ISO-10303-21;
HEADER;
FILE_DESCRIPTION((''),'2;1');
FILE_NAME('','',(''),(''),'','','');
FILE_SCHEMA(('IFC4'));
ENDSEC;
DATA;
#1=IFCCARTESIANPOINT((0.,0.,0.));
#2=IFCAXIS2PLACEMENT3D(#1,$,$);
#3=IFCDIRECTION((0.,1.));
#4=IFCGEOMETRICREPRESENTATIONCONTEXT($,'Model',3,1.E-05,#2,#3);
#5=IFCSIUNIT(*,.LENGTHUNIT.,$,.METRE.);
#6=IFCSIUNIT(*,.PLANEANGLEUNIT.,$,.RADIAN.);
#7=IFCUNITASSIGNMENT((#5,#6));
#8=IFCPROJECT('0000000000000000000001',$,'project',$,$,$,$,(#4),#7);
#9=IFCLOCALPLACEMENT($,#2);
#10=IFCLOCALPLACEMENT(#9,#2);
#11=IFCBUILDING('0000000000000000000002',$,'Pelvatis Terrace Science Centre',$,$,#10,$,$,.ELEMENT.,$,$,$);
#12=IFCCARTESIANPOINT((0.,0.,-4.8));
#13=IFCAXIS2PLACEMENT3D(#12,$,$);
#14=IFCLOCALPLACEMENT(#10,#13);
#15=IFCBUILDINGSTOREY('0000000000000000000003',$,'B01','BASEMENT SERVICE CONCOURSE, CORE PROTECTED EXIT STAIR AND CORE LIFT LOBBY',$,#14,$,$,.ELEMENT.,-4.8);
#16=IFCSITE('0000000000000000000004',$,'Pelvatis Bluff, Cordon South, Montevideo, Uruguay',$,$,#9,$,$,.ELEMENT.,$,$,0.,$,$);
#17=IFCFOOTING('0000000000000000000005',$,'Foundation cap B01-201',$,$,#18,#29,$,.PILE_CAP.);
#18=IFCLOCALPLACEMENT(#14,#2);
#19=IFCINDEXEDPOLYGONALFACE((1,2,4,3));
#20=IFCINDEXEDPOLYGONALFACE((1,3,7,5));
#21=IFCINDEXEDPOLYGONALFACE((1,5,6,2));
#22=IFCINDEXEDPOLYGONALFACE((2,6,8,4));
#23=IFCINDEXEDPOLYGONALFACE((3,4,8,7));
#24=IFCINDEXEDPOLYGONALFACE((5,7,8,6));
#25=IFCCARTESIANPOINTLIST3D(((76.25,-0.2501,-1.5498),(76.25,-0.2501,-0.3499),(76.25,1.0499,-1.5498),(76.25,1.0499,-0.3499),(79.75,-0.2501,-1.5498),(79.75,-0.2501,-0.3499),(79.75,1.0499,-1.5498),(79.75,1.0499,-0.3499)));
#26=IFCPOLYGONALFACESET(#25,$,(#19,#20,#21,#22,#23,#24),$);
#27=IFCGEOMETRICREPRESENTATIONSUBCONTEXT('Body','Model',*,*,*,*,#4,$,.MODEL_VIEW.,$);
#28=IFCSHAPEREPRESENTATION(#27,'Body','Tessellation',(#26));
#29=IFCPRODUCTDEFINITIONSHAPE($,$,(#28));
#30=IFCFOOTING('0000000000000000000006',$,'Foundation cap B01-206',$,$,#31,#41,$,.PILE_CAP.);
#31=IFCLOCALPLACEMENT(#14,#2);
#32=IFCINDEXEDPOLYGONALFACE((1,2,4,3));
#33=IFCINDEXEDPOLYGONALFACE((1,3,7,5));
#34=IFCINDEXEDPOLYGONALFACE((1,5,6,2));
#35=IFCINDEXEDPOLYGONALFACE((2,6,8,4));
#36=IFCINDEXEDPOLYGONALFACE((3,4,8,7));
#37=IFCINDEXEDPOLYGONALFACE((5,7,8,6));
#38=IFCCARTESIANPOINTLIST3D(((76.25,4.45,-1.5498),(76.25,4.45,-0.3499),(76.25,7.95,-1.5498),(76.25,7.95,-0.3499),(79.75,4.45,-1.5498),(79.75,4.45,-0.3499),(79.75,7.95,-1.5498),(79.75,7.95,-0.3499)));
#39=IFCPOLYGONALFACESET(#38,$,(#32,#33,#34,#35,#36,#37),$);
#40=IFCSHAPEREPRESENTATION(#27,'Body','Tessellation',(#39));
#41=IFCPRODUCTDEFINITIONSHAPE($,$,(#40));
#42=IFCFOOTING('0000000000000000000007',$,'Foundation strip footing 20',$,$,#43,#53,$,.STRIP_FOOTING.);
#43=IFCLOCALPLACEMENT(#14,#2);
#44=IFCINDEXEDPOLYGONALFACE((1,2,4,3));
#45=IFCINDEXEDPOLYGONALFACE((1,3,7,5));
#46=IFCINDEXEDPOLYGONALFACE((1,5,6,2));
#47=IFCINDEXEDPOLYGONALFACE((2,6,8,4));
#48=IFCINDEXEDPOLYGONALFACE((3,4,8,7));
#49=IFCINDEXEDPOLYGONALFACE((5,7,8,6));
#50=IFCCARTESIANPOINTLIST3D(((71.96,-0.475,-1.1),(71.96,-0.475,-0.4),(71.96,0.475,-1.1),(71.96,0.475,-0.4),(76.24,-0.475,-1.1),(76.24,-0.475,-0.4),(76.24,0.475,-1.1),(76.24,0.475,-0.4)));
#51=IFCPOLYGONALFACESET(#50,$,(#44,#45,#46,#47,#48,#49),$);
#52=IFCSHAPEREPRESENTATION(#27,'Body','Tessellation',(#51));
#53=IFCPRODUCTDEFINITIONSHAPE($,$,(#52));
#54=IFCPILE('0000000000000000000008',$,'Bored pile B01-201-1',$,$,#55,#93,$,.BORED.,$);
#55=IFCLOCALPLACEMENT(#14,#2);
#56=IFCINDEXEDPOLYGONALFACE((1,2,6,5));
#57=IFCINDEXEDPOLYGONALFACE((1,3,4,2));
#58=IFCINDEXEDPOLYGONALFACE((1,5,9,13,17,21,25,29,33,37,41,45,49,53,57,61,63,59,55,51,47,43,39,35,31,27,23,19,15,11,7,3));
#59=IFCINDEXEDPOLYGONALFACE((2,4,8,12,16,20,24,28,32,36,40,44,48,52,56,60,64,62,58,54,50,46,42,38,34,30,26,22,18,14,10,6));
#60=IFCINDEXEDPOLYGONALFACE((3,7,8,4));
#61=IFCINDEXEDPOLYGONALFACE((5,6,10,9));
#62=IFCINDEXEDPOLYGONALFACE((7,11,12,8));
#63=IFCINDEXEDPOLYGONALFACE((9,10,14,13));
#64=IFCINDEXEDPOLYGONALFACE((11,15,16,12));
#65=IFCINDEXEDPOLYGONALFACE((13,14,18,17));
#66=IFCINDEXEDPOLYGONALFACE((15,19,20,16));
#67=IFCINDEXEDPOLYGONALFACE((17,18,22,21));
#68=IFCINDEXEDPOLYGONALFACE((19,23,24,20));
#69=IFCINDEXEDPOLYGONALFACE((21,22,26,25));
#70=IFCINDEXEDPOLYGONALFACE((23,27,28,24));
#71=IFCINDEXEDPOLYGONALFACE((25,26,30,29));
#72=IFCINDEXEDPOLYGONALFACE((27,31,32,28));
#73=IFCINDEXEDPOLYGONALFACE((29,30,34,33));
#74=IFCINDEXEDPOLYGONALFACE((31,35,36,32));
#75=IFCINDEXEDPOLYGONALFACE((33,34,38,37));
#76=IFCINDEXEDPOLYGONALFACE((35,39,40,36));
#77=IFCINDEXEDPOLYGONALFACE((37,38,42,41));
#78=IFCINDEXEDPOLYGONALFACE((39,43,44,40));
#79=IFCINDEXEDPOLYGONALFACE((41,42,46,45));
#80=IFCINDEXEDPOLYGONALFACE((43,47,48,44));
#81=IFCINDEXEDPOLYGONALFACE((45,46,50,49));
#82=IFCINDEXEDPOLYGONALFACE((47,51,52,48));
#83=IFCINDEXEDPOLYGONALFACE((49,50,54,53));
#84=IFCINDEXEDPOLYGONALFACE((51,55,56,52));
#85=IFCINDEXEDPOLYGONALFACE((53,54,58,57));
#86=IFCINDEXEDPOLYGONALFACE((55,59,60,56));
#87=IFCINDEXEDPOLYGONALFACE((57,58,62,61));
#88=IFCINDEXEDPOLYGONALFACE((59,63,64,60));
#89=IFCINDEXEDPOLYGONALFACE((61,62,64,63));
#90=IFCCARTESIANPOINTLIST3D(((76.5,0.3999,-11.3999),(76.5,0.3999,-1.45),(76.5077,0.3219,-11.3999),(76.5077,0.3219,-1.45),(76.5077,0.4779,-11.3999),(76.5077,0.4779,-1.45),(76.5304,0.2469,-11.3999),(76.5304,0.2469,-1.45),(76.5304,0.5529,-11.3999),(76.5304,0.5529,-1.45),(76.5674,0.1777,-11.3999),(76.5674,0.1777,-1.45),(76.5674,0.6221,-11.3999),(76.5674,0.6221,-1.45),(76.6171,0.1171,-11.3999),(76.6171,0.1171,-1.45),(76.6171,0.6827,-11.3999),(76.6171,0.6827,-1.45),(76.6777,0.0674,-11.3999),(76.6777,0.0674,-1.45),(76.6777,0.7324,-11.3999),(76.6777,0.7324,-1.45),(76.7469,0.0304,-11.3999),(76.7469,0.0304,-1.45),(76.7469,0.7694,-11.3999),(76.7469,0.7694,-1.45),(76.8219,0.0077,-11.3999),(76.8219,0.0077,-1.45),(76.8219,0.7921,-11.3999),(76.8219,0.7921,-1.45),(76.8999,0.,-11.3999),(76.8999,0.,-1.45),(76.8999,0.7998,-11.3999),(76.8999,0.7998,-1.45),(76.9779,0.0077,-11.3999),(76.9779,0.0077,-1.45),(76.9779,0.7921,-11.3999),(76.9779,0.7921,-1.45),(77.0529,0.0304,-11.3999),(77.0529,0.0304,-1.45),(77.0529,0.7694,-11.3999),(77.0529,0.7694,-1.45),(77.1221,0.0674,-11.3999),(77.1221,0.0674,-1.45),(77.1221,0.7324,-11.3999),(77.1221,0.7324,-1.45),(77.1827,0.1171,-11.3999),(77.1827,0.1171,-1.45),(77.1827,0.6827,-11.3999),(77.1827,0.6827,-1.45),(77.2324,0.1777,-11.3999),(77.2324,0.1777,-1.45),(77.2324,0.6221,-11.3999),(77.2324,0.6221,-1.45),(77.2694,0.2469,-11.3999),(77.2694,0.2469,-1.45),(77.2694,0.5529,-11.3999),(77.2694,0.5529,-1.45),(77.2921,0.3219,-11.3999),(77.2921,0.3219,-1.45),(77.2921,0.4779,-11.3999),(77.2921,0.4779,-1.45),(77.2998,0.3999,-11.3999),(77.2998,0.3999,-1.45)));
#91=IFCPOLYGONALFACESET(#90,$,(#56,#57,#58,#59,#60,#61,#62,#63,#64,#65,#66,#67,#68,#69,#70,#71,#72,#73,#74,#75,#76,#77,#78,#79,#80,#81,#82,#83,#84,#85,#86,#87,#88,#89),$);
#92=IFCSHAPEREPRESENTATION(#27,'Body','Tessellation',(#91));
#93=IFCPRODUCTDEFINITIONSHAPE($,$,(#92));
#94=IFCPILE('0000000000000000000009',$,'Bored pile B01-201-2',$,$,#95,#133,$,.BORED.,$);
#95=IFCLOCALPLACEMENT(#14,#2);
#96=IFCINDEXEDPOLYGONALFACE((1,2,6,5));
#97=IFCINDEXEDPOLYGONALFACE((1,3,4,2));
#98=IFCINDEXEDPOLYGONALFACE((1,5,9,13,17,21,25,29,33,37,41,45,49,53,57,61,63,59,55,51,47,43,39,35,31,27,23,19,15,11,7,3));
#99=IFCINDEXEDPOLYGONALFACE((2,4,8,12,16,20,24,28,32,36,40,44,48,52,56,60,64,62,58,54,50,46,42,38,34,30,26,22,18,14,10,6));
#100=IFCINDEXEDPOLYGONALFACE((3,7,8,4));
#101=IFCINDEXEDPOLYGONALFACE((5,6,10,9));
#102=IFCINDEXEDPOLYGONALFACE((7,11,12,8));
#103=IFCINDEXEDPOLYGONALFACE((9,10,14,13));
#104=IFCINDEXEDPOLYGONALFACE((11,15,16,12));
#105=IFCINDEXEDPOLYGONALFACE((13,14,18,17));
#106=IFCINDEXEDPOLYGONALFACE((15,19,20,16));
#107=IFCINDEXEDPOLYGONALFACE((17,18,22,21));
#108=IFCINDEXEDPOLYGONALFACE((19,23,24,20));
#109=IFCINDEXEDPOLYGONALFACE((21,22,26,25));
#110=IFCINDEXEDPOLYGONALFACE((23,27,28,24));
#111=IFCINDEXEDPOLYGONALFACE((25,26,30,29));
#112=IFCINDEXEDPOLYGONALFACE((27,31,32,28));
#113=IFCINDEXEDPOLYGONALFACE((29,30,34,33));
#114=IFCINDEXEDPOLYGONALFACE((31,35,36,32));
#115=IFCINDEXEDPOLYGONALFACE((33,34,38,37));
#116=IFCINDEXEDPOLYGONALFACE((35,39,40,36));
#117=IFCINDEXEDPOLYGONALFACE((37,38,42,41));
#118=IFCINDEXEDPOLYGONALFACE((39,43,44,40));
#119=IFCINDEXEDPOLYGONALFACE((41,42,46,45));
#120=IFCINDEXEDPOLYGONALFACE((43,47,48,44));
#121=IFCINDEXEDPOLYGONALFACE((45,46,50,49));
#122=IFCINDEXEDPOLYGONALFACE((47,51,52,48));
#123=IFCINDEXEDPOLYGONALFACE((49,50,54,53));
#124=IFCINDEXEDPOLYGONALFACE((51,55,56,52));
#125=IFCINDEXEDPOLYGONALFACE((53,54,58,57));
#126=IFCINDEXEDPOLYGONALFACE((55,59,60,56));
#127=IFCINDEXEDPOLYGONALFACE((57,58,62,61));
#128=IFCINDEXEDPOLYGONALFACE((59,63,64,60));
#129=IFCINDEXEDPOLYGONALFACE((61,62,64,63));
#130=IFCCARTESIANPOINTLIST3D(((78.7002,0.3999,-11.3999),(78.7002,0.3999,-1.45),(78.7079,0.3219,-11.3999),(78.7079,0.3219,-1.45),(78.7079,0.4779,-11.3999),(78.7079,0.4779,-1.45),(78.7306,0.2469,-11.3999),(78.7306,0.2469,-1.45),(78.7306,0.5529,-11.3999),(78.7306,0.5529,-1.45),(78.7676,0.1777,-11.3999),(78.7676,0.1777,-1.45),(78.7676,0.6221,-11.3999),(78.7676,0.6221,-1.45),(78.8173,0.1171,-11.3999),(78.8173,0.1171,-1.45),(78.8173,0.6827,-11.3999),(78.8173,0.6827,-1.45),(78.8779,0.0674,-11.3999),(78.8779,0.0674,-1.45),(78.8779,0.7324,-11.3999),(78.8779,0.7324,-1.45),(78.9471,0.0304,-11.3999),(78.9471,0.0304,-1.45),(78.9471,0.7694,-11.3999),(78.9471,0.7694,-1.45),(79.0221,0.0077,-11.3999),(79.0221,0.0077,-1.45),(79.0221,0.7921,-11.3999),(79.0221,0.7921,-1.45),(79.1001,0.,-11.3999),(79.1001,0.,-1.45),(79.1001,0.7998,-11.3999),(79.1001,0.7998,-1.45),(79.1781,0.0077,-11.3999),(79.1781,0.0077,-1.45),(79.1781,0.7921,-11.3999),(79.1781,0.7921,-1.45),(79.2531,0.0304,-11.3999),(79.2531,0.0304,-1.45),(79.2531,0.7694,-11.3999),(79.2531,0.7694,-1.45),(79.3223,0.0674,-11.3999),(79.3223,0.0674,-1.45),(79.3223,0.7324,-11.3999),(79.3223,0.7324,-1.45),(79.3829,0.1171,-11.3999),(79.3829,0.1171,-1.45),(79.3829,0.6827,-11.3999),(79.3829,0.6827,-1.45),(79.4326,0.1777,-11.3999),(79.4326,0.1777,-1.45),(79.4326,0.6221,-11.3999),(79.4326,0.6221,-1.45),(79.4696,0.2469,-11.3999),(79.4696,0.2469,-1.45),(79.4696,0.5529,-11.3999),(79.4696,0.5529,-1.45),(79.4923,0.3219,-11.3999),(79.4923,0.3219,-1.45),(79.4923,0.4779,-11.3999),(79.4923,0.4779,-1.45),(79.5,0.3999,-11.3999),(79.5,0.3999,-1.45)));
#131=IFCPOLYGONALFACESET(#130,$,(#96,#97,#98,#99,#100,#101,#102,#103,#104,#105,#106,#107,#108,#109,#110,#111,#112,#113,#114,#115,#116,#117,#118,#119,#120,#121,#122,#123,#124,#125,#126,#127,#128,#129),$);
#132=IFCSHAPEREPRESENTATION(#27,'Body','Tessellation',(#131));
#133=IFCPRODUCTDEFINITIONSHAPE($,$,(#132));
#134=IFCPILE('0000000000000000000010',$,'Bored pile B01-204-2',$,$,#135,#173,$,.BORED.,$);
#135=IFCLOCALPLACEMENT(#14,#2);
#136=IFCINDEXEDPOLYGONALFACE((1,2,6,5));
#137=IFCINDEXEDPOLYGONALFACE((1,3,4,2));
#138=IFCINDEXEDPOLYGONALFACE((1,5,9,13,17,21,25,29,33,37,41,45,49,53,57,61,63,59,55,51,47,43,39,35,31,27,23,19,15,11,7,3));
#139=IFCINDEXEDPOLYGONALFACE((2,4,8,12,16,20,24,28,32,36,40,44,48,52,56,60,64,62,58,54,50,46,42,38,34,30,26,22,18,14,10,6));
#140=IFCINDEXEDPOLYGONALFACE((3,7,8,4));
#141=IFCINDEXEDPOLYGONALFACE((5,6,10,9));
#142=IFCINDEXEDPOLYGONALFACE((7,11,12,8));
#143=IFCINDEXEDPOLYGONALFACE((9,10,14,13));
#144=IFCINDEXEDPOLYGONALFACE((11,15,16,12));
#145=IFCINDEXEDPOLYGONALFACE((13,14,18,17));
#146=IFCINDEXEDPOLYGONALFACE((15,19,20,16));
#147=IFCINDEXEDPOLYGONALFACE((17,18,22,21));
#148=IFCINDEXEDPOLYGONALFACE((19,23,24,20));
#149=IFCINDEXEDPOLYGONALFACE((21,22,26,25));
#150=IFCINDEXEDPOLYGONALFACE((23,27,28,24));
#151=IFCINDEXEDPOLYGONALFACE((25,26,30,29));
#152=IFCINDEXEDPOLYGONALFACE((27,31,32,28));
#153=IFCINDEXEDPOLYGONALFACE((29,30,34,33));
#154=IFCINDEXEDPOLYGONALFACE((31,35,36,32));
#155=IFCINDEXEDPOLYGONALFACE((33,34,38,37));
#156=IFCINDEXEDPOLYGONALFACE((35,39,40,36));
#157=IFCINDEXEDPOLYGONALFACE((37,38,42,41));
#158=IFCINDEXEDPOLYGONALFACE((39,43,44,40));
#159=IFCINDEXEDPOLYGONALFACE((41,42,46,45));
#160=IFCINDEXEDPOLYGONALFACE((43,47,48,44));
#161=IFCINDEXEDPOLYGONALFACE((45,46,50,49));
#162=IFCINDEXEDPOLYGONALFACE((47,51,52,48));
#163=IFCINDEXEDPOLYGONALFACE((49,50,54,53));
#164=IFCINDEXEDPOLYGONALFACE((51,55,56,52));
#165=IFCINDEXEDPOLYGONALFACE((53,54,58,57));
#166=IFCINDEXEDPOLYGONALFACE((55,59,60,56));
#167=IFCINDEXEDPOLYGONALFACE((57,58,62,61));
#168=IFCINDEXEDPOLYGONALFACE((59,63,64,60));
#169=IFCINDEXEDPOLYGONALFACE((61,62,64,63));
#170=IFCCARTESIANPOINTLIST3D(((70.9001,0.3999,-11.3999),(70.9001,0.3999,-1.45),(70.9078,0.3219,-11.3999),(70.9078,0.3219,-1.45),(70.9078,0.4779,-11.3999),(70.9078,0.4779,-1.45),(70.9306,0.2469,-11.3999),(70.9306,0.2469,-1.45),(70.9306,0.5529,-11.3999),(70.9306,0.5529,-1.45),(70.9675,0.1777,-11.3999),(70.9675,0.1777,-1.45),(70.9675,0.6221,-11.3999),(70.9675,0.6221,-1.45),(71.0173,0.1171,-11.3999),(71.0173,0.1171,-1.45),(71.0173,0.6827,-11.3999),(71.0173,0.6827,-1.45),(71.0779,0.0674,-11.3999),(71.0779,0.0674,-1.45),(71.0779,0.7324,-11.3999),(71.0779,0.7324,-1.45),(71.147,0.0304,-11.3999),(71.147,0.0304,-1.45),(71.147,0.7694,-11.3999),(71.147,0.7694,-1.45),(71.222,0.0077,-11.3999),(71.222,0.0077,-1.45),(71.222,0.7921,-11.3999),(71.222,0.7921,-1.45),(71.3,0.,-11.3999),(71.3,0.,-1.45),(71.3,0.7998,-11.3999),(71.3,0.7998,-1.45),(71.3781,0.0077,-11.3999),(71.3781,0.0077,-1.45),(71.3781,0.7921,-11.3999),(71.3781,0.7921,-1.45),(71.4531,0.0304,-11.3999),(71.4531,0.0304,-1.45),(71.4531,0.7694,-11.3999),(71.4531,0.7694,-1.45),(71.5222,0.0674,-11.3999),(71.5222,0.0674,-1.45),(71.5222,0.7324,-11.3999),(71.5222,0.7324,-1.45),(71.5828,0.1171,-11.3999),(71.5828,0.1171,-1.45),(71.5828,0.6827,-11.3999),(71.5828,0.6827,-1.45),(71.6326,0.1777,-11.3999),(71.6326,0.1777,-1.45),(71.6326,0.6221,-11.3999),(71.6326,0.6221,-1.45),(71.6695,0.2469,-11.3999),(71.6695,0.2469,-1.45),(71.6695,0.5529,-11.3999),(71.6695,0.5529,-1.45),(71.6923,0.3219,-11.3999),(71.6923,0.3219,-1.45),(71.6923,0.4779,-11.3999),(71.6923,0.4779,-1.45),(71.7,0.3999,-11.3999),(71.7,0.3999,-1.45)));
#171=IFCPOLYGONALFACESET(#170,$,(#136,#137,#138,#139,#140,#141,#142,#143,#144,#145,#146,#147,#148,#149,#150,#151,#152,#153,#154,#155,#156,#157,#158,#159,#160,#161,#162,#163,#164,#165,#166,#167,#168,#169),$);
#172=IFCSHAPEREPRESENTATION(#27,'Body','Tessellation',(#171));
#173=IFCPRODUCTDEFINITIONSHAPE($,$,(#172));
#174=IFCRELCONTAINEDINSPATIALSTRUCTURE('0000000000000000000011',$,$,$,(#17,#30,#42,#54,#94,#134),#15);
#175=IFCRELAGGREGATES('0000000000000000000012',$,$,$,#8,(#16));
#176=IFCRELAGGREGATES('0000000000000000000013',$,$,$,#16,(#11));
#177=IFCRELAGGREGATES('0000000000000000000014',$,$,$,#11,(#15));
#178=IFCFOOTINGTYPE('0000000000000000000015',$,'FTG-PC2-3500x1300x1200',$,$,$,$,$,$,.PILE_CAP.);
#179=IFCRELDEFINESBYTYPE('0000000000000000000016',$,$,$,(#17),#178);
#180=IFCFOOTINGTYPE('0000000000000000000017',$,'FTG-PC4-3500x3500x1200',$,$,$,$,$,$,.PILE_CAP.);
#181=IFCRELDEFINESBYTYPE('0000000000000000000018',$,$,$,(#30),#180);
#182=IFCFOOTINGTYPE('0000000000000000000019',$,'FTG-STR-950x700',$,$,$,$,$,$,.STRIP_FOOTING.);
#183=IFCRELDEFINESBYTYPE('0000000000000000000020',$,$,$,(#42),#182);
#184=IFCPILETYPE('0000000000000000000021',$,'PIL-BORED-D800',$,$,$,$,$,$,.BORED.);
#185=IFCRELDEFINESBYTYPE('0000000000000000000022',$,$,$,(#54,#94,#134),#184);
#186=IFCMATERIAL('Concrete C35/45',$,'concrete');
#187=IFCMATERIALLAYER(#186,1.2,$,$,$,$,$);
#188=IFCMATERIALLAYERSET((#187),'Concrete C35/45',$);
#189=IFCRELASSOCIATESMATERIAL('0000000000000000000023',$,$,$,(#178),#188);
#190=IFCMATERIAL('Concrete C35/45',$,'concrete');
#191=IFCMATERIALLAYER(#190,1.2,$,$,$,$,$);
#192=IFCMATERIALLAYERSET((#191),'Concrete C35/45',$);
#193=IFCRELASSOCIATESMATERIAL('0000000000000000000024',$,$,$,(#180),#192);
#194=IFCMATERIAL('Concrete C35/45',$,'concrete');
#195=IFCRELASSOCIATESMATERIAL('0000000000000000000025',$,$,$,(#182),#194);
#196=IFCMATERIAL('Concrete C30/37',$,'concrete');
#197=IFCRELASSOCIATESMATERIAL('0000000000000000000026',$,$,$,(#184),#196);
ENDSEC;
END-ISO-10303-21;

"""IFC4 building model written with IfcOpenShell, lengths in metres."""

from ifc_helpers import new_model, si_unit, direction, frame, origin, origin_2d, place, context, subcontext, project, spatial, rectangle, circle, extrude, material, layer, layer_set, material_profile, profile_set, type_object, element, save


model = new_model("IFC4")

# Units and contexts
model_context = context("Model", 3, precision=1e-05, world=origin(), true_north=direction((0.0, 1.0)))
body_context = subcontext(model_context, "Body", "Model", "MODEL_VIEW")
ifc_project = project(units=[si_unit("LENGTHUNIT", "METRE"), si_unit("PLANEANGLEUNIT", "RADIAN")], contexts=[model_context])

# Site, building, storey
site_placement = place(None, origin())
site = spatial("IfcSite", under=ifc_project, at=site_placement, Name="Pelvatis Bluff, Cordon South, Montevideo, Uruguay", CompositionType="ELEMENT", RefElevation=0.0)
building_placement = place(site_placement, origin())
building = spatial("IfcBuilding", under=site, at=building_placement, Name="Pelvatis Terrace Science Centre", CompositionType="ELEMENT")
storey_placement = place(building_placement, frame((0.0, 0.0, -4.8)))
storey = spatial("IfcBuildingStorey", under=building, at=storey_placement, Name="B01", Description="BASEMENT SERVICE CONCOURSE, CORE PROTECTED EXIT STAIR AND CORE LIFT LOBBY", CompositionType="ELEMENT", Elevation=-4.8)

# Footings
ifc_material_1 = material(Name="Concrete C35/45", Category="concrete")
ifc_layer_1 = layer(ifc_material_1, 1.2)
ifc_layer_set_1 = layer_set([ifc_layer_1], Name="Concrete C35/45")
footing_type_1 = type_object("IfcFootingType", Name="FTG-PC2-3500x1300x1200", PredefinedType="PILE_CAP", material=ifc_layer_set_1)
footing_1_placement = place(storey_placement, frame((78.0, 0.3999, -1.5498), z_axis=(0.0, 0.0, 1.0), x_axis=(1.0, 0.0, 0.0)))
element("IfcFooting", 1, at=footing_1_placement, inside=storey, type_object=footing_type_1, Name="Foundation cap B01-201", PredefinedType="PILE_CAP", context=body_context, shape_type="SweptSolid", body=[
    extrude(rectangle(XDim=3.5, YDim=1.3, at=origin_2d()), origin(), (0.0, 0.0, 1.0), 1.2),
])
ifc_material_2 = material(Name="Concrete C35/45", Category="concrete")
ifc_layer_2 = layer(ifc_material_2, 1.2)
ifc_layer_set_2 = layer_set([ifc_layer_2], Name="Concrete C35/45")
footing_type_2 = type_object("IfcFootingType", Name="FTG-PC4-3500x3500x1200", PredefinedType="PILE_CAP", material=ifc_layer_set_2)
footing_2_placement = place(storey_placement, frame((78.0, 6.2, -1.5498), z_axis=(0.0, 0.0, 1.0), x_axis=(1.0, 0.0, 0.0)))
element("IfcFooting", 2, at=footing_2_placement, inside=storey, type_object=footing_type_2, Name="Foundation cap B01-206", PredefinedType="PILE_CAP", context=body_context, shape_type="SweptSolid", body=[
    extrude(rectangle(XDim=3.5, YDim=3.5, at=origin_2d()), origin(), (0.0, 0.0, 1.0), 1.2),
])
ifc_material_3 = material(Name="Concrete C35/45", Category="concrete")
ifc_material_profile_1 = material_profile(ifc_material_3, rectangle(XDim=0.95, YDim=0.7, at=origin_2d()), Name="RC-STR 950x700")
ifc_profile_set_1 = profile_set([ifc_material_profile_1], Name="Concrete C35/45")
footing_type_3 = type_object("IfcFootingType", Name="FTG-STR-950x700", PredefinedType="STRIP_FOOTING", material=ifc_profile_set_1)
footing_3_placement = place(storey_placement, frame((71.96, 0.0, -0.75), z_axis=(1.0, 0.0, 0.0), x_axis=(0.0, 1.0, 0.0)))
element("IfcFooting", 3, at=footing_3_placement, inside=storey, type_object=footing_type_3, Name="Foundation strip footing 20", PredefinedType="STRIP_FOOTING", context=body_context, shape_type="SweptSolid", body=[
    extrude(rectangle(XDim=0.95, YDim=0.7, at=origin_2d()), origin(), (0.0, 0.0, 1.0), 4.28),
])

# Piles
ifc_material_4 = material(Name="Concrete C30/37", Category="concrete")
ifc_material_profile_2 = material_profile(ifc_material_4, circle(Radius=0.3999, at=origin_2d()), Name="PILE D800")
ifc_profile_set_2 = profile_set([ifc_material_profile_2], Name="Concrete C30/37")
pile_type = type_object("IfcPileType", Name="PIL-BORED-D800", PredefinedType="BORED", material=ifc_profile_set_2)
for number, where, z_axis, x_axis, name in (
    (4, (76.8999, 0.3999, -1.45), (0.0, 0.0, -1.0), (1.0, 0.0, 0.0), "Bored pile B01-201-1"),
    (5, (79.1001, 0.3999, -1.45), (0.0, 0.0, -1.0), (1.0, 0.0, 0.0), "Bored pile B01-201-2"),
    (6, (71.3, 0.3999, -1.45), (0.0, 0.0, -1.0), (1.0, 0.0, 0.0), "Bored pile B01-204-2"),
):
    element("IfcPile", number, at=place(storey_placement, frame(where, z_axis=z_axis, x_axis=x_axis)), inside=storey, type_object=pile_type, Name=name, PredefinedType="BORED", context=body_context, shape_type="SweptSolid", body=[
        extrude(circle(Radius=0.3999, at=origin_2d()), origin(), (0.0, 0.0, 1.0), 9.95),
    ])

save(model, "model.ifc")
